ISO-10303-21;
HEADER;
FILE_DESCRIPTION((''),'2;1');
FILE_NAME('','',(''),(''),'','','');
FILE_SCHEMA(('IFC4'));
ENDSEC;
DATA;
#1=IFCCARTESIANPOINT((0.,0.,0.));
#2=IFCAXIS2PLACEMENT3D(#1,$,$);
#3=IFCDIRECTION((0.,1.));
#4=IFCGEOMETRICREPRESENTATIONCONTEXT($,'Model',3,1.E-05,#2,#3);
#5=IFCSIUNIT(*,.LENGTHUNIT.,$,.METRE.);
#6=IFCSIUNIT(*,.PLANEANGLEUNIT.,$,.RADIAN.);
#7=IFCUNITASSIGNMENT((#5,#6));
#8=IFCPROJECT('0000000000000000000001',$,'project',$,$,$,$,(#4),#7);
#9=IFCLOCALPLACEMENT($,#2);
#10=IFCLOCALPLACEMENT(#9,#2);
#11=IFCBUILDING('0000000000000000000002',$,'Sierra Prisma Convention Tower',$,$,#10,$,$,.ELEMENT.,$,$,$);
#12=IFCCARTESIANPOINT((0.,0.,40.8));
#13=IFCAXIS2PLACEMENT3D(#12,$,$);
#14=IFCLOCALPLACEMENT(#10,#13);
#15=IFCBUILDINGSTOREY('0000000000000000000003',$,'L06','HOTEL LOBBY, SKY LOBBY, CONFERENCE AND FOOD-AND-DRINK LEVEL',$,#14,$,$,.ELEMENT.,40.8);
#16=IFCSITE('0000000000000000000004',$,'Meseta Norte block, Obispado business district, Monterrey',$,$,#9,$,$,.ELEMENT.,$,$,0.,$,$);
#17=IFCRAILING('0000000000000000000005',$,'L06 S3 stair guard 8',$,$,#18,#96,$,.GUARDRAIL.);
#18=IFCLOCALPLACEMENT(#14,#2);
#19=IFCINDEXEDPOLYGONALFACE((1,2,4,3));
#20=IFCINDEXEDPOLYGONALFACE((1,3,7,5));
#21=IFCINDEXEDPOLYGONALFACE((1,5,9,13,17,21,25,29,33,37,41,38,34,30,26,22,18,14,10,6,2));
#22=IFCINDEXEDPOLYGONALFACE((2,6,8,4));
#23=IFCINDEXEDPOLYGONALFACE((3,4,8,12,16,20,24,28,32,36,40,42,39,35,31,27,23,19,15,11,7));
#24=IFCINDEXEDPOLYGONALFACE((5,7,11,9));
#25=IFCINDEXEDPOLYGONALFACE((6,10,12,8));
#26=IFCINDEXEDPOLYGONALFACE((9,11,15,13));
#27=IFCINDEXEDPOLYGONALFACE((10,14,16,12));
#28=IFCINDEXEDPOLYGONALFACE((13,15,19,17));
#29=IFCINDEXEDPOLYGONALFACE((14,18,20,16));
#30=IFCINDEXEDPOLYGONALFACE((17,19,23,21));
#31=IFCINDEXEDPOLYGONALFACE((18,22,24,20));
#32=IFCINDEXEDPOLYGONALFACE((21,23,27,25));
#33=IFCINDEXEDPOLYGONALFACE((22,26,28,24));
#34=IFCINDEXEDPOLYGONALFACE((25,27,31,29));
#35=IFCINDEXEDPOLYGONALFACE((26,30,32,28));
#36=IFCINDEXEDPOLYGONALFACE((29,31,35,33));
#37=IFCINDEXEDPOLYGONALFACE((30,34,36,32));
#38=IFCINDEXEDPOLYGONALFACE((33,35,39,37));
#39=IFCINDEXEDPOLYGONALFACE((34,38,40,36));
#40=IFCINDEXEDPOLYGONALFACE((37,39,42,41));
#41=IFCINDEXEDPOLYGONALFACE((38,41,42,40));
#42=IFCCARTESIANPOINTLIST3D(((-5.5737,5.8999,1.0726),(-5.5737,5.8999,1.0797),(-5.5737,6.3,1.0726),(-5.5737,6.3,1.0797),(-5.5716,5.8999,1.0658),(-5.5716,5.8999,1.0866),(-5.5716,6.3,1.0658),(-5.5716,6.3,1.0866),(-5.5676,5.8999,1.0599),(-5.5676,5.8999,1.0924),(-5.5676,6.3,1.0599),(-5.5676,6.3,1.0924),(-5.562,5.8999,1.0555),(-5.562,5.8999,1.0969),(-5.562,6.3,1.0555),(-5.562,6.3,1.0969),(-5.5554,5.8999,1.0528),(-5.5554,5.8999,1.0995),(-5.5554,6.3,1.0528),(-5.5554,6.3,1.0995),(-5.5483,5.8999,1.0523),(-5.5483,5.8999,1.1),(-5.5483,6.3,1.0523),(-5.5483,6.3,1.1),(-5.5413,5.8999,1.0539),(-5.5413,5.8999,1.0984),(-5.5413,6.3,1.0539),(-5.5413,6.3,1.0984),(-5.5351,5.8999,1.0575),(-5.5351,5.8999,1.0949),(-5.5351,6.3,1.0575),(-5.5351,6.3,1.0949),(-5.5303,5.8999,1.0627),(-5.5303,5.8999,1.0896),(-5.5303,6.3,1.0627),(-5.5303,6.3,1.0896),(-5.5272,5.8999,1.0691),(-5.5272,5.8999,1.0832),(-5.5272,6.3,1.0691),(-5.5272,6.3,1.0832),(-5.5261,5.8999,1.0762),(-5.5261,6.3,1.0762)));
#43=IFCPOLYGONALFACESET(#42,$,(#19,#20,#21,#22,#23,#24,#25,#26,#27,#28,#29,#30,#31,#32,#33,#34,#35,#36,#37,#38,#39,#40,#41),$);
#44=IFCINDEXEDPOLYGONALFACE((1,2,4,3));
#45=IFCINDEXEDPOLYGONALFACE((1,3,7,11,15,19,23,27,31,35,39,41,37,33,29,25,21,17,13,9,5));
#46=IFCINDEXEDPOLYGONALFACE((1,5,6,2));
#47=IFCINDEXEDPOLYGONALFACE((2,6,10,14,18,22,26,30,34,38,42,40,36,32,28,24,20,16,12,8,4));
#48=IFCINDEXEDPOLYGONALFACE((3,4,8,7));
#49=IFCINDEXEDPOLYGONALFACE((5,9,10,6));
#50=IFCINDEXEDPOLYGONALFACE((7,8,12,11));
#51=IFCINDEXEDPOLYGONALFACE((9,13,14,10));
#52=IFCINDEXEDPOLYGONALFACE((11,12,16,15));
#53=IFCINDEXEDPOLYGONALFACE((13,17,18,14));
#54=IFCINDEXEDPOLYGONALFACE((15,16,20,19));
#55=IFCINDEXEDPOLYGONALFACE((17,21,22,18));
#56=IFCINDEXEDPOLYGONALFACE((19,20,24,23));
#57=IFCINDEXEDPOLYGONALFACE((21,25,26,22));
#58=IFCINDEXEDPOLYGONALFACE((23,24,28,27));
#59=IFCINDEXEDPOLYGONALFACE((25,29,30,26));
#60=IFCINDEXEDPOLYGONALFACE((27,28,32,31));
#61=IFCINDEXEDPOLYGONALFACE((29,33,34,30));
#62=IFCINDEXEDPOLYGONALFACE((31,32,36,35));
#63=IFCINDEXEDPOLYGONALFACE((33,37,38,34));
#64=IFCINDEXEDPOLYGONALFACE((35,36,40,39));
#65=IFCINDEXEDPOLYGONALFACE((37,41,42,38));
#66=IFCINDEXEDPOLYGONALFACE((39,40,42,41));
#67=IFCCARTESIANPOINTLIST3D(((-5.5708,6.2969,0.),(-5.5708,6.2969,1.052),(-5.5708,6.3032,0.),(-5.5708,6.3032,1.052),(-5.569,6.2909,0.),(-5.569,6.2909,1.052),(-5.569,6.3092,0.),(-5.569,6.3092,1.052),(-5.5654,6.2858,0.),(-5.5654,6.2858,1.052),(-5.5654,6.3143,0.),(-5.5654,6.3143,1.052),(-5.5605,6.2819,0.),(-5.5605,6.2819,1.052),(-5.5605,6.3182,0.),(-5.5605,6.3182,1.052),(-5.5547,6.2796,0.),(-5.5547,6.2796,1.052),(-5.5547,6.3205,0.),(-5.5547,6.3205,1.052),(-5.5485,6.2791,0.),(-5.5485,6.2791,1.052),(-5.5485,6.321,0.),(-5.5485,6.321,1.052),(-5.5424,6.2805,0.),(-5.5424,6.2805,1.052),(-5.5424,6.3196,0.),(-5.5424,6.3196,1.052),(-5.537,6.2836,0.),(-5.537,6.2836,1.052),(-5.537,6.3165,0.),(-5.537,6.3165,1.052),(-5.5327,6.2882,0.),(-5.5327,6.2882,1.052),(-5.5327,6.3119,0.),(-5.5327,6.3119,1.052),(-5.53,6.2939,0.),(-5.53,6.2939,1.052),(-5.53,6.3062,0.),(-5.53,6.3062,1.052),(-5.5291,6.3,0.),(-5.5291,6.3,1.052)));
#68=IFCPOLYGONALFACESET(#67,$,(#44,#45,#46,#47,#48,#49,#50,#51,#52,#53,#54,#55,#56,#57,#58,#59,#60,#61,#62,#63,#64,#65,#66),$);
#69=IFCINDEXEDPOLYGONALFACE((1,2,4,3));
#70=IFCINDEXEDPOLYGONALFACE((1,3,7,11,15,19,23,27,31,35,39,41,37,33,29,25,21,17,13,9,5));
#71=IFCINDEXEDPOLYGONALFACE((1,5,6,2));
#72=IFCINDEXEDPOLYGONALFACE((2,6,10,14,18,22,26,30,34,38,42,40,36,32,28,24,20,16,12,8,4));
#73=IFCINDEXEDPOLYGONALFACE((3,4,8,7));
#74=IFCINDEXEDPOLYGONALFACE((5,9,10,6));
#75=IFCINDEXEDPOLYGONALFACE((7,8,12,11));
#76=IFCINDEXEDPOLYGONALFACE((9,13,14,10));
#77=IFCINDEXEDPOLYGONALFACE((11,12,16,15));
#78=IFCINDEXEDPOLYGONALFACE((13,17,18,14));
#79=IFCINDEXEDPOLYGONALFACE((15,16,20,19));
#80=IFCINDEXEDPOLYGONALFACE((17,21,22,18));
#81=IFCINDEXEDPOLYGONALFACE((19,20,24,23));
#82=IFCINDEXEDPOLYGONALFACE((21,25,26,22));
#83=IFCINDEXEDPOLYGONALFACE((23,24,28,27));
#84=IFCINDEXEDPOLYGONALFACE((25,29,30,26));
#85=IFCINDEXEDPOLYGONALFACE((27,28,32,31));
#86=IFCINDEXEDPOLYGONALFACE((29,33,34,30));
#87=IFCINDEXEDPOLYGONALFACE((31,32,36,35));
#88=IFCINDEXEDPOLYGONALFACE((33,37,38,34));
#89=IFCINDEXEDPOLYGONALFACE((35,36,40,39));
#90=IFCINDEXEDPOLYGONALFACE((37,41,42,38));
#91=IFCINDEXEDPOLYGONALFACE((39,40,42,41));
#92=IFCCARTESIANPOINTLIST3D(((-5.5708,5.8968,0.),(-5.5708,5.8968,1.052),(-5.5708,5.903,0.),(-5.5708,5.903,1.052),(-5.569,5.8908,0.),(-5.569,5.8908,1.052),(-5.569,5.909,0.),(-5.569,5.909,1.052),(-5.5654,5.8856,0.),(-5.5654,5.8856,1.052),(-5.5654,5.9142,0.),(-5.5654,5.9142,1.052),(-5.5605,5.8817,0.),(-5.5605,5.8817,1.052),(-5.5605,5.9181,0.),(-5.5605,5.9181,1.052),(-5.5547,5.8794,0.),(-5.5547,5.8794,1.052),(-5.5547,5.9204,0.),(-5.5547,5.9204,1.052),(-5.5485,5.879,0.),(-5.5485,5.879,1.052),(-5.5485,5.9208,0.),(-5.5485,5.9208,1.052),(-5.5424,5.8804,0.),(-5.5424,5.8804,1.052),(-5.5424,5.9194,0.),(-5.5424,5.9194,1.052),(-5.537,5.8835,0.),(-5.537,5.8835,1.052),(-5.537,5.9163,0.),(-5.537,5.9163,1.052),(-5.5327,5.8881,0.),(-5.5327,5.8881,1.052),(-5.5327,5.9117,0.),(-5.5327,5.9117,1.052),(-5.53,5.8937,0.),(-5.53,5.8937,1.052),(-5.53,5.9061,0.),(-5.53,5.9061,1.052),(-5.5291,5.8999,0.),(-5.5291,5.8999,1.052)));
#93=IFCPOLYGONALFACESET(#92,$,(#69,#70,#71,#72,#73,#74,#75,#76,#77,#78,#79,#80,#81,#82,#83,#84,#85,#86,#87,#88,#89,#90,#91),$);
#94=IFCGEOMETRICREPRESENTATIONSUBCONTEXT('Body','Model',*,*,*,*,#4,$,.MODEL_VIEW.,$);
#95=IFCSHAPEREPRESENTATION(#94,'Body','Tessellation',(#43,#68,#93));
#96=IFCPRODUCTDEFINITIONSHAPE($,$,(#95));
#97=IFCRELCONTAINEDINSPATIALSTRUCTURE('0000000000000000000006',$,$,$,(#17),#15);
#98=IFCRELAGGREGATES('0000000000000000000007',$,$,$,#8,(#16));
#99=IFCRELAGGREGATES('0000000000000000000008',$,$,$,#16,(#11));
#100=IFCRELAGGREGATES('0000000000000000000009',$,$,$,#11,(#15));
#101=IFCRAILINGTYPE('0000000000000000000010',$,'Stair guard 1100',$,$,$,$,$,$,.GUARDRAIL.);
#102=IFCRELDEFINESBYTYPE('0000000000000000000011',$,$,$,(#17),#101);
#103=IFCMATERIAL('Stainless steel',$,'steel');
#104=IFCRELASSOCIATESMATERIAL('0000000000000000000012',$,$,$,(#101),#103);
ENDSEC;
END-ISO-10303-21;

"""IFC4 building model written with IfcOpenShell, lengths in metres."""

from ifc_helpers import new_model, si_unit, direction, frame, origin, origin_2d, place, context, subcontext, project, spatial, circle, extrude, material, type_object, element, save


model = new_model("IFC4")

# Units and contexts
model_context = context("Model", 3, precision=1e-05, world=origin(), true_north=direction((0.0, 1.0)))
body_context = subcontext(model_context, "Body", "Model", "MODEL_VIEW")
ifc_project = project(units=[si_unit("LENGTHUNIT", "METRE"), si_unit("PLANEANGLEUNIT", "RADIAN")], contexts=[model_context])

# Site, building, storey
site_placement = place(None, origin())
site = spatial("IfcSite", under=ifc_project, at=site_placement, Name="Meseta Norte block, Obispado business district, Monterrey", CompositionType="ELEMENT", RefElevation=0.0)
building_placement = place(site_placement, origin())
building = spatial("IfcBuilding", under=site, at=building_placement, Name="Sierra Prisma Convention Tower", CompositionType="ELEMENT")
storey_placement = place(building_placement, frame((0.0, 0.0, 40.8)))
storey = spatial("IfcBuildingStorey", under=building, at=storey_placement, Name="L06", Description="HOTEL LOBBY, SKY LOBBY, CONFERENCE AND FOOD-AND-DRINK LEVEL", CompositionType="ELEMENT", Elevation=40.8)

# Railing
ifc_material_1 = material(Name="Stainless steel", Category="steel")
railing_type_1 = type_object("IfcRailingType", Name="Stair guard 1100", PredefinedType="GUARDRAIL", material=ifc_material_1)
railing_1_placement = place(storey_placement, frame((-5.55, 6.3, 0.0)))
element("IfcRailing", 1, at=railing_1_placement, inside=storey, type_object=railing_type_1, Name="L06 S3 stair guard 8", PredefinedType="GUARDRAIL", context=body_context, shape_type="SweptSolid", body=[
    extrude(circle(Radius=0.0239, at=origin_2d()), frame((0.0, 0.0, 1.0762), z_axis=(0.0, -1.0, 0.0), x_axis=(1.0, 0.0, 0.0)), (0.0, 0.0, 1.0), 0.4001),
    extrude(circle(Radius=0.021, at=origin_2d()), origin(), (0.0, 0.0, 1.0), 1.052),
    extrude(circle(Radius=0.021, at=origin_2d()), frame((0.0, -0.4001, 0.0)), (0.0, 0.0, 1.0), 1.052),
])

save(model, "model.ifc")
